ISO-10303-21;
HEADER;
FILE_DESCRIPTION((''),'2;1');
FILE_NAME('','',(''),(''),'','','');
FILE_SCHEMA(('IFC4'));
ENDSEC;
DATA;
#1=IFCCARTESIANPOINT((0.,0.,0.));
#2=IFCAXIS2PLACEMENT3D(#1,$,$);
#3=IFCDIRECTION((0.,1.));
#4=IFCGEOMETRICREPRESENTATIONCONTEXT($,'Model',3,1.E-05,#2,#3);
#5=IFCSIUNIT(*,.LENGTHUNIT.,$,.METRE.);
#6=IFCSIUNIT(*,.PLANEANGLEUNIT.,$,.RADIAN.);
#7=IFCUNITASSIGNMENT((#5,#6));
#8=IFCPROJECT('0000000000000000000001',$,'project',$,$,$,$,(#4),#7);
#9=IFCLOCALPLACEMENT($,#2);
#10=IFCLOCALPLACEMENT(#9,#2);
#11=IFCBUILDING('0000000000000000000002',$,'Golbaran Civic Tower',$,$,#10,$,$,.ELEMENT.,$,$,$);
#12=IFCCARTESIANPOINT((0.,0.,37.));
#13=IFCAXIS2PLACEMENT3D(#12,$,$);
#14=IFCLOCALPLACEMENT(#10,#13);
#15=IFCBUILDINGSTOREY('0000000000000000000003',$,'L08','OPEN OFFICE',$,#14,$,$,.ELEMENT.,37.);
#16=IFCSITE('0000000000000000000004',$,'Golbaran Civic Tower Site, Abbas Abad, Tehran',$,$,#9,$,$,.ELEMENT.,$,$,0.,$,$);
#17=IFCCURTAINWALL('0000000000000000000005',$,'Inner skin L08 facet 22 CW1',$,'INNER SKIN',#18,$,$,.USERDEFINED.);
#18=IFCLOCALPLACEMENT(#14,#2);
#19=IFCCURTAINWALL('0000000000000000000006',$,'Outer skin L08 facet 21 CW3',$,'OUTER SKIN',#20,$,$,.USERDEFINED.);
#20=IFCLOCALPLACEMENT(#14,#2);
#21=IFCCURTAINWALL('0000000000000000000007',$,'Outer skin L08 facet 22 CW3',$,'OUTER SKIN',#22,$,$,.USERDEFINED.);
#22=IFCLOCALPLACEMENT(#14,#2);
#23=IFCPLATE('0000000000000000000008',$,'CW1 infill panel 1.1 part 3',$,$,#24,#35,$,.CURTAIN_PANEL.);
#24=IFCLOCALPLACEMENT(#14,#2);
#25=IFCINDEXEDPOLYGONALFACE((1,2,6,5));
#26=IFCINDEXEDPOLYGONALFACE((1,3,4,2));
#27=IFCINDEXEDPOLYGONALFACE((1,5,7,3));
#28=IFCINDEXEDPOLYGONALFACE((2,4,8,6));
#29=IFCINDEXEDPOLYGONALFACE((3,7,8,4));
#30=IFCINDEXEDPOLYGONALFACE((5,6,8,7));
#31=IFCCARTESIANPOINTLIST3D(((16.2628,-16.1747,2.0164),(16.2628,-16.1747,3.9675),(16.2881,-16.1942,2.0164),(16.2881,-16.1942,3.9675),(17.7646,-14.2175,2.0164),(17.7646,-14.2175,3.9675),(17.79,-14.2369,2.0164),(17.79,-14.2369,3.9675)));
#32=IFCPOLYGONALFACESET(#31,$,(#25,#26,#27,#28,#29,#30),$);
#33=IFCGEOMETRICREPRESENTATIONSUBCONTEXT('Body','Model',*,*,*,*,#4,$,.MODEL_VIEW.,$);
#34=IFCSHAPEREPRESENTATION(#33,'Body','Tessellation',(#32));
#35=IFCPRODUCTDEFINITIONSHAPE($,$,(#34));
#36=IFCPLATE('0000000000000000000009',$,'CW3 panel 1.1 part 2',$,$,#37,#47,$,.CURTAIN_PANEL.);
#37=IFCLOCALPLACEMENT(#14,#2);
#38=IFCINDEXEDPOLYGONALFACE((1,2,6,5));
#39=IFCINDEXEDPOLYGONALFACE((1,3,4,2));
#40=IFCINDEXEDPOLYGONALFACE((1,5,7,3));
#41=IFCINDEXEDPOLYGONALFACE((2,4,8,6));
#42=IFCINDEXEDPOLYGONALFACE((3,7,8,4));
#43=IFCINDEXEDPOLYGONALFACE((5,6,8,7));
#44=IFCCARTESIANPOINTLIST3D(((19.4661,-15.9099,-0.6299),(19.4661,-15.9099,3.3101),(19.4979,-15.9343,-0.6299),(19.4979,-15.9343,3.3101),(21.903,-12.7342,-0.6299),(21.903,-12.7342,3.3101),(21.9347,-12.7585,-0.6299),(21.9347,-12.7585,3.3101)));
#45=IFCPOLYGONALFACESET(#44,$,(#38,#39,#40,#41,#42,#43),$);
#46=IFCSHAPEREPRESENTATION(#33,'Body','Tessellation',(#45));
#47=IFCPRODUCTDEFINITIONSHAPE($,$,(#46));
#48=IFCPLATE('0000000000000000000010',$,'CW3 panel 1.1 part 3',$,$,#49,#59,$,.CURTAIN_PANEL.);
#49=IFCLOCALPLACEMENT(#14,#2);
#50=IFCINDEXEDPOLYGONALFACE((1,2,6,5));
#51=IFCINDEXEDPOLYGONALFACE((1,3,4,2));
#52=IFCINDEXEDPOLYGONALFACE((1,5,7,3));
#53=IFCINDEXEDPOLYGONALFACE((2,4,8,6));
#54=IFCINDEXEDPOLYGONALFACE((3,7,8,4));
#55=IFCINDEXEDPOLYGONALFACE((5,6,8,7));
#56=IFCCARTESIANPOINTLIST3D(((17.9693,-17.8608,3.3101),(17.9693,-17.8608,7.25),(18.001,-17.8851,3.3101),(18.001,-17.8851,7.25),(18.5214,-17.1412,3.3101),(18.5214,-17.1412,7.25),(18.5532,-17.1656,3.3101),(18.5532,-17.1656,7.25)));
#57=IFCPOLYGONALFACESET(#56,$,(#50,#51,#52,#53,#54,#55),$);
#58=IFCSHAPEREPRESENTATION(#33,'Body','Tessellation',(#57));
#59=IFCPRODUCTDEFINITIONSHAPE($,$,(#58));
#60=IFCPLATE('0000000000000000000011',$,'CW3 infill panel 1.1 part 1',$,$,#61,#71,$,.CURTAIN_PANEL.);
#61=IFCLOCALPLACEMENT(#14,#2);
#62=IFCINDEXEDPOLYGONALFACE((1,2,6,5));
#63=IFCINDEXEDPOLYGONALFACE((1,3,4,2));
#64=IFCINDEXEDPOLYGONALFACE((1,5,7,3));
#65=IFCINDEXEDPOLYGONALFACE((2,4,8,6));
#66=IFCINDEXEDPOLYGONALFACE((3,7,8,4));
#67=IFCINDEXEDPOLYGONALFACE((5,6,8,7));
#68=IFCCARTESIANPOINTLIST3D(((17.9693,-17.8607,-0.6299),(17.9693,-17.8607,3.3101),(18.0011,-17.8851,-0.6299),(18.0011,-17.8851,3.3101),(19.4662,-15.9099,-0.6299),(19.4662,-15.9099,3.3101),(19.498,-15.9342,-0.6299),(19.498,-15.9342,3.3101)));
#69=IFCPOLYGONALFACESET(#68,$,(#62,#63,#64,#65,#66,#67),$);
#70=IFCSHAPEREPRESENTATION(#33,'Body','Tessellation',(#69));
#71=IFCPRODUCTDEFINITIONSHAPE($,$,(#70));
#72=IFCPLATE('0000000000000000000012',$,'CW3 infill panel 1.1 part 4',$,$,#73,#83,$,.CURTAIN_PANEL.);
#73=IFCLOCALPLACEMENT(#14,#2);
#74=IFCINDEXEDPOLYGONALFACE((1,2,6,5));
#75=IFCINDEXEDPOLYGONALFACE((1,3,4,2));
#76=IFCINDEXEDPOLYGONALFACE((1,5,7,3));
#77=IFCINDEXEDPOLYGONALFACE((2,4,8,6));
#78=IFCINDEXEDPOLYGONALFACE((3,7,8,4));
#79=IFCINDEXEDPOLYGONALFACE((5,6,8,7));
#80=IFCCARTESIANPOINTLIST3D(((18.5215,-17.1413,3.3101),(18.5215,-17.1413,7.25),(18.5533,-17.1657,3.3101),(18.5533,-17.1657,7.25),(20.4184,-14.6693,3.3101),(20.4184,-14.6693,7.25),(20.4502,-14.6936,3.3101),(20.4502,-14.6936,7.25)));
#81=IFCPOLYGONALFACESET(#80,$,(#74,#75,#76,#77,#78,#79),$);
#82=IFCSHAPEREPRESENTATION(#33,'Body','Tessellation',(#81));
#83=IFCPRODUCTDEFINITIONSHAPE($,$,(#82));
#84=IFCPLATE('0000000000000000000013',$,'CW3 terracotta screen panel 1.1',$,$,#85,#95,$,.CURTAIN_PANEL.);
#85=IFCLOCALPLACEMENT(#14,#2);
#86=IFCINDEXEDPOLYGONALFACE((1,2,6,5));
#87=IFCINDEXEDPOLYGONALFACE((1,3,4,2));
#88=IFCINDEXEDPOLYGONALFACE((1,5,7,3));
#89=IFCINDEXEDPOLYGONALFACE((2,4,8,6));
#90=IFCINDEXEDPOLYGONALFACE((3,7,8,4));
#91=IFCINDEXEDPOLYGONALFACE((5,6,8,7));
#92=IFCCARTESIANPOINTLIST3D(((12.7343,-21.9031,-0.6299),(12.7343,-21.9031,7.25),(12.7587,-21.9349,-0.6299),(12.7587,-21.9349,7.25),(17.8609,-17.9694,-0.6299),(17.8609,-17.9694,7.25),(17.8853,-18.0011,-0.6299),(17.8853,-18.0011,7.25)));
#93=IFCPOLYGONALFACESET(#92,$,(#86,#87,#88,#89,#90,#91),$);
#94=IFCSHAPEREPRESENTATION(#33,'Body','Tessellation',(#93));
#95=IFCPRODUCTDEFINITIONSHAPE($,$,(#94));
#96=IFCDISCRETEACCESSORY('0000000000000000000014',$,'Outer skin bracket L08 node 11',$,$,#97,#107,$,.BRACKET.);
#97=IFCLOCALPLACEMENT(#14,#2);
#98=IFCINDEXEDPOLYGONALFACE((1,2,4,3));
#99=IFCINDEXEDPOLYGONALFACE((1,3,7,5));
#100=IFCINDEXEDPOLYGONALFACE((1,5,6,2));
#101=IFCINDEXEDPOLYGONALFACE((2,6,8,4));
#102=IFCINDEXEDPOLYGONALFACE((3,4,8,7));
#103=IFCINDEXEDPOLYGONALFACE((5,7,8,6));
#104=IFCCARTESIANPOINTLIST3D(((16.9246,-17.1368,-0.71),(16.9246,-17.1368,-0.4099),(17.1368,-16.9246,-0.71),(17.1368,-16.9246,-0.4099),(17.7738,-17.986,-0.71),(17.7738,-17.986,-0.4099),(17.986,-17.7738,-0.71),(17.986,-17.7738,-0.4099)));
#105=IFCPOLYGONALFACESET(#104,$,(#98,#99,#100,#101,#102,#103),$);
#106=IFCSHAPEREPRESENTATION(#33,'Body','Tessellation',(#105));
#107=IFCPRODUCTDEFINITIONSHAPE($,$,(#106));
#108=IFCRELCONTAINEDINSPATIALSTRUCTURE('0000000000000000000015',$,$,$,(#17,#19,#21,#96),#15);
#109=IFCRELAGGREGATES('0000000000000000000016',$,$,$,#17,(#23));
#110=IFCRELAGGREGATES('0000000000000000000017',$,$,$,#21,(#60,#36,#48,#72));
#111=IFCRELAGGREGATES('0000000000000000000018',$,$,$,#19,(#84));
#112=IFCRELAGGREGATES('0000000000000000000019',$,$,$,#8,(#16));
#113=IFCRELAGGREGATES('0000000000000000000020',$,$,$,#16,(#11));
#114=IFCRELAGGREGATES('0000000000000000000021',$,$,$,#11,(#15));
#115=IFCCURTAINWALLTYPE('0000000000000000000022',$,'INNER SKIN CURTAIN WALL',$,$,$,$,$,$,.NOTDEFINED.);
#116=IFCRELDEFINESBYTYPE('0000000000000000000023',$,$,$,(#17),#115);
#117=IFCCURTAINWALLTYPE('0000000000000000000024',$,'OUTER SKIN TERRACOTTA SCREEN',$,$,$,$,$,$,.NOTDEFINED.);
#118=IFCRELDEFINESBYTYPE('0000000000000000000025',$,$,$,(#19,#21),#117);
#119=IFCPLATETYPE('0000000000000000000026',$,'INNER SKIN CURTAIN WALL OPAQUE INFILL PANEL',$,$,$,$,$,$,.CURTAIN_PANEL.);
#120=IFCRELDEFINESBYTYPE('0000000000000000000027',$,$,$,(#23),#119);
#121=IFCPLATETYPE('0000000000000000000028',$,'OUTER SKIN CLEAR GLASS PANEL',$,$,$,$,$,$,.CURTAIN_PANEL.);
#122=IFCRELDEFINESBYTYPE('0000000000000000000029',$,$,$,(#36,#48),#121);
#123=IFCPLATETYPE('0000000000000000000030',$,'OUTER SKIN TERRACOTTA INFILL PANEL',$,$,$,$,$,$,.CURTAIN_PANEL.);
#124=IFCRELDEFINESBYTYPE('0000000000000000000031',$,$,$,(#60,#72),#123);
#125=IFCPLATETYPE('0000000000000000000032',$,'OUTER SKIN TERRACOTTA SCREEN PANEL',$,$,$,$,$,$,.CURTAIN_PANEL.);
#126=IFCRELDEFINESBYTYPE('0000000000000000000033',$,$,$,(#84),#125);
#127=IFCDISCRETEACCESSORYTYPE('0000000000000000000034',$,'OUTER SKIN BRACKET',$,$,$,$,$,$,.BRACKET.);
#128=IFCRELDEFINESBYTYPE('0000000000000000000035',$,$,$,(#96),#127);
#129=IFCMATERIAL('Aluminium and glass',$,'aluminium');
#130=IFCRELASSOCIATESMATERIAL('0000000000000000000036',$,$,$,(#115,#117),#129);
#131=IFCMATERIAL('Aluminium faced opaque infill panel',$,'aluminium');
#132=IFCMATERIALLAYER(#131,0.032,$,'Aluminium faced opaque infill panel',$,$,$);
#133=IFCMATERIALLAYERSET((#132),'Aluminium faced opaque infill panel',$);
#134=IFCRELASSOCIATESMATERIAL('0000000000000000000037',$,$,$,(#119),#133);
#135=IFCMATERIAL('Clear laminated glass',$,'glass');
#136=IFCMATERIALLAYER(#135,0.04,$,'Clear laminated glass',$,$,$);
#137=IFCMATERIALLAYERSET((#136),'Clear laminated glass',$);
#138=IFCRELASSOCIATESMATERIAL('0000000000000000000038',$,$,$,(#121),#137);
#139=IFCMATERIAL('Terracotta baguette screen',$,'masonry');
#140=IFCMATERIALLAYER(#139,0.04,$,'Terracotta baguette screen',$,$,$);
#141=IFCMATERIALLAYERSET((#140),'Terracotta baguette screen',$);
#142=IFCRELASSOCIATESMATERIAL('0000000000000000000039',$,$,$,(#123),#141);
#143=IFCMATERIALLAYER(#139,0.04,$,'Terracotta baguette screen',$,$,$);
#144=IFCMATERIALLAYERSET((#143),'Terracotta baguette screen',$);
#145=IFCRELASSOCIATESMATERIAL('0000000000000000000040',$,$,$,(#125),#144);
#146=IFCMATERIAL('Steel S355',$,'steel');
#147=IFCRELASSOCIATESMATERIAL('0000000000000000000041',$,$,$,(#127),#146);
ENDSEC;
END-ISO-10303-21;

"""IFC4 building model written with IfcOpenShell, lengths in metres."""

from ifc_helpers import new_model, si_unit, direction, frame, origin, origin_2d, place, context, subcontext, project, spatial, rectangle, extrude, material, layer, layer_set, type_object, element, aggregate, save


model = new_model("IFC4")

# Units and contexts
model_context = context("Model", 3, precision=1e-05, world=origin(), true_north=direction((0.0, 1.0)))
body_context = subcontext(model_context, "Body", "Model", "MODEL_VIEW")
ifc_project = project(units=[si_unit("LENGTHUNIT", "METRE"), si_unit("PLANEANGLEUNIT", "RADIAN")], contexts=[model_context])

# Site, building, storey
site_placement = place(None, origin())
site = spatial("IfcSite", under=ifc_project, at=site_placement, Name="Golbaran Civic Tower Site, Abbas Abad, Tehran", CompositionType="ELEMENT", RefElevation=0.0)
building_placement = place(site_placement, origin())
building = spatial("IfcBuilding", under=site, at=building_placement, Name="Golbaran Civic Tower", CompositionType="ELEMENT")
storey_placement = place(building_placement, frame((0.0, 0.0, 37.0)))
storey = spatial("IfcBuildingStorey", under=building, at=storey_placement, Name="L08", Description="OPEN OFFICE", CompositionType="ELEMENT", Elevation=37.0)

# Shared definitions
ifc_material_1 = material(Name="Steel S355", Category="steel")

# Shared definitions
ifc_material_2 = material(Name="Aluminium and glass", Category="aluminium")
curtain_wall_type_1 = type_object("IfcCurtainWallType", Name="INNER SKIN CURTAIN WALL", PredefinedType="NOTDEFINED", material=ifc_material_2)

# Curtain wall
curtain_wall_1_placement = place(storey_placement, origin())
curtain_wall_1 = element("IfcCurtainWall", 1, at=curtain_wall_1_placement, inside=storey, type_object=curtain_wall_type_1, Name="Inner skin L08 facet 22 CW1", ObjectType="INNER SKIN", PredefinedType="USERDEFINED")

# Curtain wall
curtain_wall_type_2 = type_object("IfcCurtainWallType", Name="OUTER SKIN TERRACOTTA SCREEN", PredefinedType="NOTDEFINED", material=ifc_material_2)
curtain_wall_2_placement = place(storey_placement, origin())
curtain_wall_2 = element("IfcCurtainWall", 2, at=curtain_wall_2_placement, inside=storey, type_object=curtain_wall_type_2, Name="Outer skin L08 facet 21 CW3", ObjectType="OUTER SKIN", PredefinedType="USERDEFINED")

# Curtain wall
curtain_wall_3_placement = place(storey_placement, origin())
curtain_wall_3 = element("IfcCurtainWall", 3, at=curtain_wall_3_placement, inside=storey, type_object=curtain_wall_type_2, Name="Outer skin L08 facet 22 CW3", ObjectType="OUTER SKIN", PredefinedType="USERDEFINED")

# Plates
ifc_material_3 = material(Name="Aluminium faced opaque infill panel", Category="aluminium")
ifc_layer_1 = layer(ifc_material_3, 0.032, Name="Aluminium faced opaque infill panel")
ifc_layer_set_1 = layer_set([ifc_layer_1], Name="Aluminium faced opaque infill panel")
plate_type_1 = type_object("IfcPlateType", Name="INNER SKIN CURTAIN WALL OPAQUE INFILL PANEL", PredefinedType="CURTAIN_PANEL", material=ifc_layer_set_1)
plate_1_placement = place(storey_placement, frame((17.0264, -15.2058, 2.0164), z_axis=(0.0, 0.0, 1.0), x_axis=(0.608761, 0.793353, 0.0)))
plate_1 = element("IfcPlate", 4, at=plate_1_placement, type_object=plate_type_1, Name="CW1 infill panel 1.1 part 3", PredefinedType="CURTAIN_PANEL", context=body_context, shape_type="SweptSolid", body=[
    extrude(rectangle(XDim=2.467, YDim=0.032, at=origin_2d()), origin(), (0.0, 0.0, 1.0), 1.9512),
])
aggregate(curtain_wall_1, [plate_1])
ifc_material_4 = material(Name="Clear laminated glass", Category="glass")
ifc_layer_2 = layer(ifc_material_4, 0.04, Name="Clear laminated glass")
ifc_layer_set_2 = layer_set([ifc_layer_2], Name="Clear laminated glass")
plate_type_2 = type_object("IfcPlateType", Name="OUTER SKIN CLEAR GLASS PANEL", PredefinedType="CURTAIN_PANEL", material=ifc_layer_set_2)
plate_2_placement = place(storey_placement, frame((20.7004, -14.3342, -0.6299), z_axis=(0.0, 0.0, 1.0), x_axis=(0.608761, 0.793353, 0.0)))
plate_2 = element("IfcPlate", 5, at=plate_2_placement, type_object=plate_type_2, Name="CW3 panel 1.1 part 2", PredefinedType="CURTAIN_PANEL", context=body_context, shape_type="SweptSolid", body=[
    extrude(rectangle(XDim=4.0029, YDim=0.04, at=origin_2d()), origin(), (0.0, 0.0, 1.0), 3.9399),
])
plate_3_placement = place(storey_placement, frame((18.2612, -17.5132, 3.3101), z_axis=(0.0, 0.0, 1.0), x_axis=(0.608761, 0.793353, 0.0)))
plate_3 = element("IfcPlate", 6, at=plate_3_placement, type_object=plate_type_2, Name="CW3 panel 1.1 part 3", PredefinedType="CURTAIN_PANEL", context=body_context, shape_type="SweptSolid", body=[
    extrude(rectangle(XDim=0.907, YDim=0.04, at=origin_2d()), origin(), (0.0, 0.0, 1.0), 3.9399),
])
ifc_material_5 = material(Name="Terracotta baguette screen", Category="masonry")
ifc_layer_3 = layer(ifc_material_5, 0.04, Name="Terracotta baguette screen")
ifc_layer_set_3 = layer_set([ifc_layer_3], Name="Terracotta baguette screen")
plate_type_3 = type_object("IfcPlateType", Name="OUTER SKIN TERRACOTTA INFILL PANEL", PredefinedType="CURTAIN_PANEL", material=ifc_layer_set_3)
plate_4_placement = place(storey_placement, frame((18.7336, -16.8975, -0.6299), z_axis=(0.0, 0.0, 1.0), x_axis=(0.608761, 0.793353, 0.0)))
plate_4 = element("IfcPlate", 7, at=plate_4_placement, type_object=plate_type_3, Name="CW3 infill panel 1.1 part 1", PredefinedType="CURTAIN_PANEL", context=body_context, shape_type="SweptSolid", body=[
    extrude(rectangle(XDim=2.459, YDim=0.04, at=origin_2d()), origin(), (0.0, 0.0, 1.0), 3.9399),
])
plate_5_placement = place(storey_placement, frame((19.4858, -15.9175, 3.3101), z_axis=(0.0, 0.0, 1.0), x_axis=(0.608761, 0.793353, 0.0)))
plate_5 = element("IfcPlate", 8, at=plate_5_placement, type_object=plate_type_3, Name="CW3 infill panel 1.1 part 4", PredefinedType="CURTAIN_PANEL", context=body_context, shape_type="SweptSolid", body=[
    extrude(rectangle(XDim=3.116, YDim=0.04, at=origin_2d()), origin(), (0.0, 0.0, 1.0), 3.9399),
])
aggregate(curtain_wall_3, [plate_4, plate_2, plate_3, plate_5])
ifc_layer_4 = layer(ifc_material_5, 0.04, Name="Terracotta baguette screen")
ifc_layer_set_4 = layer_set([ifc_layer_4], Name="Terracotta baguette screen")
plate_type_4 = type_object("IfcPlateType", Name="OUTER SKIN TERRACOTTA SCREEN PANEL", PredefinedType="CURTAIN_PANEL", material=ifc_layer_set_4)
plate_6_placement = place(storey_placement, frame((15.3098, -19.9521, -0.6299), z_axis=(0.0, 0.0, 1.0), x_axis=(0.793353, 0.608761, 0.0)))
plate_6 = element("IfcPlate", 9, at=plate_6_placement, type_object=plate_type_4, Name="CW3 terracotta screen panel 1.1", PredefinedType="CURTAIN_PANEL", context=body_context, shape_type="SweptSolid", body=[
    extrude(rectangle(XDim=6.4619, YDim=0.04, at=origin_2d()), origin(), (0.0, 0.0, 1.0), 7.8799),
])
aggregate(curtain_wall_2, [plate_6])

# Discrete accessory
discrete_accessory_type = type_object("IfcDiscreteAccessoryType", Name="OUTER SKIN BRACKET", PredefinedType="BRACKET", material=ifc_material_1)
discrete_accessory_placement = place(storey_placement, frame((17.4553, -17.4553, -0.71), z_axis=(0.0, 0.0, 1.0), x_axis=(0.707107, -0.707107, 0.0)))
element("IfcDiscreteAccessory", 10, at=discrete_accessory_placement, inside=storey, type_object=discrete_accessory_type, Name="Outer skin bracket L08 node 11", PredefinedType="BRACKET", context=body_context, shape_type="SweptSolid", body=[
    extrude(rectangle(XDim=1.2009, YDim=0.3, at=origin_2d()), origin(), (0.0, 0.0, 1.0), 0.3),
])

save(model, "model.ifc")
